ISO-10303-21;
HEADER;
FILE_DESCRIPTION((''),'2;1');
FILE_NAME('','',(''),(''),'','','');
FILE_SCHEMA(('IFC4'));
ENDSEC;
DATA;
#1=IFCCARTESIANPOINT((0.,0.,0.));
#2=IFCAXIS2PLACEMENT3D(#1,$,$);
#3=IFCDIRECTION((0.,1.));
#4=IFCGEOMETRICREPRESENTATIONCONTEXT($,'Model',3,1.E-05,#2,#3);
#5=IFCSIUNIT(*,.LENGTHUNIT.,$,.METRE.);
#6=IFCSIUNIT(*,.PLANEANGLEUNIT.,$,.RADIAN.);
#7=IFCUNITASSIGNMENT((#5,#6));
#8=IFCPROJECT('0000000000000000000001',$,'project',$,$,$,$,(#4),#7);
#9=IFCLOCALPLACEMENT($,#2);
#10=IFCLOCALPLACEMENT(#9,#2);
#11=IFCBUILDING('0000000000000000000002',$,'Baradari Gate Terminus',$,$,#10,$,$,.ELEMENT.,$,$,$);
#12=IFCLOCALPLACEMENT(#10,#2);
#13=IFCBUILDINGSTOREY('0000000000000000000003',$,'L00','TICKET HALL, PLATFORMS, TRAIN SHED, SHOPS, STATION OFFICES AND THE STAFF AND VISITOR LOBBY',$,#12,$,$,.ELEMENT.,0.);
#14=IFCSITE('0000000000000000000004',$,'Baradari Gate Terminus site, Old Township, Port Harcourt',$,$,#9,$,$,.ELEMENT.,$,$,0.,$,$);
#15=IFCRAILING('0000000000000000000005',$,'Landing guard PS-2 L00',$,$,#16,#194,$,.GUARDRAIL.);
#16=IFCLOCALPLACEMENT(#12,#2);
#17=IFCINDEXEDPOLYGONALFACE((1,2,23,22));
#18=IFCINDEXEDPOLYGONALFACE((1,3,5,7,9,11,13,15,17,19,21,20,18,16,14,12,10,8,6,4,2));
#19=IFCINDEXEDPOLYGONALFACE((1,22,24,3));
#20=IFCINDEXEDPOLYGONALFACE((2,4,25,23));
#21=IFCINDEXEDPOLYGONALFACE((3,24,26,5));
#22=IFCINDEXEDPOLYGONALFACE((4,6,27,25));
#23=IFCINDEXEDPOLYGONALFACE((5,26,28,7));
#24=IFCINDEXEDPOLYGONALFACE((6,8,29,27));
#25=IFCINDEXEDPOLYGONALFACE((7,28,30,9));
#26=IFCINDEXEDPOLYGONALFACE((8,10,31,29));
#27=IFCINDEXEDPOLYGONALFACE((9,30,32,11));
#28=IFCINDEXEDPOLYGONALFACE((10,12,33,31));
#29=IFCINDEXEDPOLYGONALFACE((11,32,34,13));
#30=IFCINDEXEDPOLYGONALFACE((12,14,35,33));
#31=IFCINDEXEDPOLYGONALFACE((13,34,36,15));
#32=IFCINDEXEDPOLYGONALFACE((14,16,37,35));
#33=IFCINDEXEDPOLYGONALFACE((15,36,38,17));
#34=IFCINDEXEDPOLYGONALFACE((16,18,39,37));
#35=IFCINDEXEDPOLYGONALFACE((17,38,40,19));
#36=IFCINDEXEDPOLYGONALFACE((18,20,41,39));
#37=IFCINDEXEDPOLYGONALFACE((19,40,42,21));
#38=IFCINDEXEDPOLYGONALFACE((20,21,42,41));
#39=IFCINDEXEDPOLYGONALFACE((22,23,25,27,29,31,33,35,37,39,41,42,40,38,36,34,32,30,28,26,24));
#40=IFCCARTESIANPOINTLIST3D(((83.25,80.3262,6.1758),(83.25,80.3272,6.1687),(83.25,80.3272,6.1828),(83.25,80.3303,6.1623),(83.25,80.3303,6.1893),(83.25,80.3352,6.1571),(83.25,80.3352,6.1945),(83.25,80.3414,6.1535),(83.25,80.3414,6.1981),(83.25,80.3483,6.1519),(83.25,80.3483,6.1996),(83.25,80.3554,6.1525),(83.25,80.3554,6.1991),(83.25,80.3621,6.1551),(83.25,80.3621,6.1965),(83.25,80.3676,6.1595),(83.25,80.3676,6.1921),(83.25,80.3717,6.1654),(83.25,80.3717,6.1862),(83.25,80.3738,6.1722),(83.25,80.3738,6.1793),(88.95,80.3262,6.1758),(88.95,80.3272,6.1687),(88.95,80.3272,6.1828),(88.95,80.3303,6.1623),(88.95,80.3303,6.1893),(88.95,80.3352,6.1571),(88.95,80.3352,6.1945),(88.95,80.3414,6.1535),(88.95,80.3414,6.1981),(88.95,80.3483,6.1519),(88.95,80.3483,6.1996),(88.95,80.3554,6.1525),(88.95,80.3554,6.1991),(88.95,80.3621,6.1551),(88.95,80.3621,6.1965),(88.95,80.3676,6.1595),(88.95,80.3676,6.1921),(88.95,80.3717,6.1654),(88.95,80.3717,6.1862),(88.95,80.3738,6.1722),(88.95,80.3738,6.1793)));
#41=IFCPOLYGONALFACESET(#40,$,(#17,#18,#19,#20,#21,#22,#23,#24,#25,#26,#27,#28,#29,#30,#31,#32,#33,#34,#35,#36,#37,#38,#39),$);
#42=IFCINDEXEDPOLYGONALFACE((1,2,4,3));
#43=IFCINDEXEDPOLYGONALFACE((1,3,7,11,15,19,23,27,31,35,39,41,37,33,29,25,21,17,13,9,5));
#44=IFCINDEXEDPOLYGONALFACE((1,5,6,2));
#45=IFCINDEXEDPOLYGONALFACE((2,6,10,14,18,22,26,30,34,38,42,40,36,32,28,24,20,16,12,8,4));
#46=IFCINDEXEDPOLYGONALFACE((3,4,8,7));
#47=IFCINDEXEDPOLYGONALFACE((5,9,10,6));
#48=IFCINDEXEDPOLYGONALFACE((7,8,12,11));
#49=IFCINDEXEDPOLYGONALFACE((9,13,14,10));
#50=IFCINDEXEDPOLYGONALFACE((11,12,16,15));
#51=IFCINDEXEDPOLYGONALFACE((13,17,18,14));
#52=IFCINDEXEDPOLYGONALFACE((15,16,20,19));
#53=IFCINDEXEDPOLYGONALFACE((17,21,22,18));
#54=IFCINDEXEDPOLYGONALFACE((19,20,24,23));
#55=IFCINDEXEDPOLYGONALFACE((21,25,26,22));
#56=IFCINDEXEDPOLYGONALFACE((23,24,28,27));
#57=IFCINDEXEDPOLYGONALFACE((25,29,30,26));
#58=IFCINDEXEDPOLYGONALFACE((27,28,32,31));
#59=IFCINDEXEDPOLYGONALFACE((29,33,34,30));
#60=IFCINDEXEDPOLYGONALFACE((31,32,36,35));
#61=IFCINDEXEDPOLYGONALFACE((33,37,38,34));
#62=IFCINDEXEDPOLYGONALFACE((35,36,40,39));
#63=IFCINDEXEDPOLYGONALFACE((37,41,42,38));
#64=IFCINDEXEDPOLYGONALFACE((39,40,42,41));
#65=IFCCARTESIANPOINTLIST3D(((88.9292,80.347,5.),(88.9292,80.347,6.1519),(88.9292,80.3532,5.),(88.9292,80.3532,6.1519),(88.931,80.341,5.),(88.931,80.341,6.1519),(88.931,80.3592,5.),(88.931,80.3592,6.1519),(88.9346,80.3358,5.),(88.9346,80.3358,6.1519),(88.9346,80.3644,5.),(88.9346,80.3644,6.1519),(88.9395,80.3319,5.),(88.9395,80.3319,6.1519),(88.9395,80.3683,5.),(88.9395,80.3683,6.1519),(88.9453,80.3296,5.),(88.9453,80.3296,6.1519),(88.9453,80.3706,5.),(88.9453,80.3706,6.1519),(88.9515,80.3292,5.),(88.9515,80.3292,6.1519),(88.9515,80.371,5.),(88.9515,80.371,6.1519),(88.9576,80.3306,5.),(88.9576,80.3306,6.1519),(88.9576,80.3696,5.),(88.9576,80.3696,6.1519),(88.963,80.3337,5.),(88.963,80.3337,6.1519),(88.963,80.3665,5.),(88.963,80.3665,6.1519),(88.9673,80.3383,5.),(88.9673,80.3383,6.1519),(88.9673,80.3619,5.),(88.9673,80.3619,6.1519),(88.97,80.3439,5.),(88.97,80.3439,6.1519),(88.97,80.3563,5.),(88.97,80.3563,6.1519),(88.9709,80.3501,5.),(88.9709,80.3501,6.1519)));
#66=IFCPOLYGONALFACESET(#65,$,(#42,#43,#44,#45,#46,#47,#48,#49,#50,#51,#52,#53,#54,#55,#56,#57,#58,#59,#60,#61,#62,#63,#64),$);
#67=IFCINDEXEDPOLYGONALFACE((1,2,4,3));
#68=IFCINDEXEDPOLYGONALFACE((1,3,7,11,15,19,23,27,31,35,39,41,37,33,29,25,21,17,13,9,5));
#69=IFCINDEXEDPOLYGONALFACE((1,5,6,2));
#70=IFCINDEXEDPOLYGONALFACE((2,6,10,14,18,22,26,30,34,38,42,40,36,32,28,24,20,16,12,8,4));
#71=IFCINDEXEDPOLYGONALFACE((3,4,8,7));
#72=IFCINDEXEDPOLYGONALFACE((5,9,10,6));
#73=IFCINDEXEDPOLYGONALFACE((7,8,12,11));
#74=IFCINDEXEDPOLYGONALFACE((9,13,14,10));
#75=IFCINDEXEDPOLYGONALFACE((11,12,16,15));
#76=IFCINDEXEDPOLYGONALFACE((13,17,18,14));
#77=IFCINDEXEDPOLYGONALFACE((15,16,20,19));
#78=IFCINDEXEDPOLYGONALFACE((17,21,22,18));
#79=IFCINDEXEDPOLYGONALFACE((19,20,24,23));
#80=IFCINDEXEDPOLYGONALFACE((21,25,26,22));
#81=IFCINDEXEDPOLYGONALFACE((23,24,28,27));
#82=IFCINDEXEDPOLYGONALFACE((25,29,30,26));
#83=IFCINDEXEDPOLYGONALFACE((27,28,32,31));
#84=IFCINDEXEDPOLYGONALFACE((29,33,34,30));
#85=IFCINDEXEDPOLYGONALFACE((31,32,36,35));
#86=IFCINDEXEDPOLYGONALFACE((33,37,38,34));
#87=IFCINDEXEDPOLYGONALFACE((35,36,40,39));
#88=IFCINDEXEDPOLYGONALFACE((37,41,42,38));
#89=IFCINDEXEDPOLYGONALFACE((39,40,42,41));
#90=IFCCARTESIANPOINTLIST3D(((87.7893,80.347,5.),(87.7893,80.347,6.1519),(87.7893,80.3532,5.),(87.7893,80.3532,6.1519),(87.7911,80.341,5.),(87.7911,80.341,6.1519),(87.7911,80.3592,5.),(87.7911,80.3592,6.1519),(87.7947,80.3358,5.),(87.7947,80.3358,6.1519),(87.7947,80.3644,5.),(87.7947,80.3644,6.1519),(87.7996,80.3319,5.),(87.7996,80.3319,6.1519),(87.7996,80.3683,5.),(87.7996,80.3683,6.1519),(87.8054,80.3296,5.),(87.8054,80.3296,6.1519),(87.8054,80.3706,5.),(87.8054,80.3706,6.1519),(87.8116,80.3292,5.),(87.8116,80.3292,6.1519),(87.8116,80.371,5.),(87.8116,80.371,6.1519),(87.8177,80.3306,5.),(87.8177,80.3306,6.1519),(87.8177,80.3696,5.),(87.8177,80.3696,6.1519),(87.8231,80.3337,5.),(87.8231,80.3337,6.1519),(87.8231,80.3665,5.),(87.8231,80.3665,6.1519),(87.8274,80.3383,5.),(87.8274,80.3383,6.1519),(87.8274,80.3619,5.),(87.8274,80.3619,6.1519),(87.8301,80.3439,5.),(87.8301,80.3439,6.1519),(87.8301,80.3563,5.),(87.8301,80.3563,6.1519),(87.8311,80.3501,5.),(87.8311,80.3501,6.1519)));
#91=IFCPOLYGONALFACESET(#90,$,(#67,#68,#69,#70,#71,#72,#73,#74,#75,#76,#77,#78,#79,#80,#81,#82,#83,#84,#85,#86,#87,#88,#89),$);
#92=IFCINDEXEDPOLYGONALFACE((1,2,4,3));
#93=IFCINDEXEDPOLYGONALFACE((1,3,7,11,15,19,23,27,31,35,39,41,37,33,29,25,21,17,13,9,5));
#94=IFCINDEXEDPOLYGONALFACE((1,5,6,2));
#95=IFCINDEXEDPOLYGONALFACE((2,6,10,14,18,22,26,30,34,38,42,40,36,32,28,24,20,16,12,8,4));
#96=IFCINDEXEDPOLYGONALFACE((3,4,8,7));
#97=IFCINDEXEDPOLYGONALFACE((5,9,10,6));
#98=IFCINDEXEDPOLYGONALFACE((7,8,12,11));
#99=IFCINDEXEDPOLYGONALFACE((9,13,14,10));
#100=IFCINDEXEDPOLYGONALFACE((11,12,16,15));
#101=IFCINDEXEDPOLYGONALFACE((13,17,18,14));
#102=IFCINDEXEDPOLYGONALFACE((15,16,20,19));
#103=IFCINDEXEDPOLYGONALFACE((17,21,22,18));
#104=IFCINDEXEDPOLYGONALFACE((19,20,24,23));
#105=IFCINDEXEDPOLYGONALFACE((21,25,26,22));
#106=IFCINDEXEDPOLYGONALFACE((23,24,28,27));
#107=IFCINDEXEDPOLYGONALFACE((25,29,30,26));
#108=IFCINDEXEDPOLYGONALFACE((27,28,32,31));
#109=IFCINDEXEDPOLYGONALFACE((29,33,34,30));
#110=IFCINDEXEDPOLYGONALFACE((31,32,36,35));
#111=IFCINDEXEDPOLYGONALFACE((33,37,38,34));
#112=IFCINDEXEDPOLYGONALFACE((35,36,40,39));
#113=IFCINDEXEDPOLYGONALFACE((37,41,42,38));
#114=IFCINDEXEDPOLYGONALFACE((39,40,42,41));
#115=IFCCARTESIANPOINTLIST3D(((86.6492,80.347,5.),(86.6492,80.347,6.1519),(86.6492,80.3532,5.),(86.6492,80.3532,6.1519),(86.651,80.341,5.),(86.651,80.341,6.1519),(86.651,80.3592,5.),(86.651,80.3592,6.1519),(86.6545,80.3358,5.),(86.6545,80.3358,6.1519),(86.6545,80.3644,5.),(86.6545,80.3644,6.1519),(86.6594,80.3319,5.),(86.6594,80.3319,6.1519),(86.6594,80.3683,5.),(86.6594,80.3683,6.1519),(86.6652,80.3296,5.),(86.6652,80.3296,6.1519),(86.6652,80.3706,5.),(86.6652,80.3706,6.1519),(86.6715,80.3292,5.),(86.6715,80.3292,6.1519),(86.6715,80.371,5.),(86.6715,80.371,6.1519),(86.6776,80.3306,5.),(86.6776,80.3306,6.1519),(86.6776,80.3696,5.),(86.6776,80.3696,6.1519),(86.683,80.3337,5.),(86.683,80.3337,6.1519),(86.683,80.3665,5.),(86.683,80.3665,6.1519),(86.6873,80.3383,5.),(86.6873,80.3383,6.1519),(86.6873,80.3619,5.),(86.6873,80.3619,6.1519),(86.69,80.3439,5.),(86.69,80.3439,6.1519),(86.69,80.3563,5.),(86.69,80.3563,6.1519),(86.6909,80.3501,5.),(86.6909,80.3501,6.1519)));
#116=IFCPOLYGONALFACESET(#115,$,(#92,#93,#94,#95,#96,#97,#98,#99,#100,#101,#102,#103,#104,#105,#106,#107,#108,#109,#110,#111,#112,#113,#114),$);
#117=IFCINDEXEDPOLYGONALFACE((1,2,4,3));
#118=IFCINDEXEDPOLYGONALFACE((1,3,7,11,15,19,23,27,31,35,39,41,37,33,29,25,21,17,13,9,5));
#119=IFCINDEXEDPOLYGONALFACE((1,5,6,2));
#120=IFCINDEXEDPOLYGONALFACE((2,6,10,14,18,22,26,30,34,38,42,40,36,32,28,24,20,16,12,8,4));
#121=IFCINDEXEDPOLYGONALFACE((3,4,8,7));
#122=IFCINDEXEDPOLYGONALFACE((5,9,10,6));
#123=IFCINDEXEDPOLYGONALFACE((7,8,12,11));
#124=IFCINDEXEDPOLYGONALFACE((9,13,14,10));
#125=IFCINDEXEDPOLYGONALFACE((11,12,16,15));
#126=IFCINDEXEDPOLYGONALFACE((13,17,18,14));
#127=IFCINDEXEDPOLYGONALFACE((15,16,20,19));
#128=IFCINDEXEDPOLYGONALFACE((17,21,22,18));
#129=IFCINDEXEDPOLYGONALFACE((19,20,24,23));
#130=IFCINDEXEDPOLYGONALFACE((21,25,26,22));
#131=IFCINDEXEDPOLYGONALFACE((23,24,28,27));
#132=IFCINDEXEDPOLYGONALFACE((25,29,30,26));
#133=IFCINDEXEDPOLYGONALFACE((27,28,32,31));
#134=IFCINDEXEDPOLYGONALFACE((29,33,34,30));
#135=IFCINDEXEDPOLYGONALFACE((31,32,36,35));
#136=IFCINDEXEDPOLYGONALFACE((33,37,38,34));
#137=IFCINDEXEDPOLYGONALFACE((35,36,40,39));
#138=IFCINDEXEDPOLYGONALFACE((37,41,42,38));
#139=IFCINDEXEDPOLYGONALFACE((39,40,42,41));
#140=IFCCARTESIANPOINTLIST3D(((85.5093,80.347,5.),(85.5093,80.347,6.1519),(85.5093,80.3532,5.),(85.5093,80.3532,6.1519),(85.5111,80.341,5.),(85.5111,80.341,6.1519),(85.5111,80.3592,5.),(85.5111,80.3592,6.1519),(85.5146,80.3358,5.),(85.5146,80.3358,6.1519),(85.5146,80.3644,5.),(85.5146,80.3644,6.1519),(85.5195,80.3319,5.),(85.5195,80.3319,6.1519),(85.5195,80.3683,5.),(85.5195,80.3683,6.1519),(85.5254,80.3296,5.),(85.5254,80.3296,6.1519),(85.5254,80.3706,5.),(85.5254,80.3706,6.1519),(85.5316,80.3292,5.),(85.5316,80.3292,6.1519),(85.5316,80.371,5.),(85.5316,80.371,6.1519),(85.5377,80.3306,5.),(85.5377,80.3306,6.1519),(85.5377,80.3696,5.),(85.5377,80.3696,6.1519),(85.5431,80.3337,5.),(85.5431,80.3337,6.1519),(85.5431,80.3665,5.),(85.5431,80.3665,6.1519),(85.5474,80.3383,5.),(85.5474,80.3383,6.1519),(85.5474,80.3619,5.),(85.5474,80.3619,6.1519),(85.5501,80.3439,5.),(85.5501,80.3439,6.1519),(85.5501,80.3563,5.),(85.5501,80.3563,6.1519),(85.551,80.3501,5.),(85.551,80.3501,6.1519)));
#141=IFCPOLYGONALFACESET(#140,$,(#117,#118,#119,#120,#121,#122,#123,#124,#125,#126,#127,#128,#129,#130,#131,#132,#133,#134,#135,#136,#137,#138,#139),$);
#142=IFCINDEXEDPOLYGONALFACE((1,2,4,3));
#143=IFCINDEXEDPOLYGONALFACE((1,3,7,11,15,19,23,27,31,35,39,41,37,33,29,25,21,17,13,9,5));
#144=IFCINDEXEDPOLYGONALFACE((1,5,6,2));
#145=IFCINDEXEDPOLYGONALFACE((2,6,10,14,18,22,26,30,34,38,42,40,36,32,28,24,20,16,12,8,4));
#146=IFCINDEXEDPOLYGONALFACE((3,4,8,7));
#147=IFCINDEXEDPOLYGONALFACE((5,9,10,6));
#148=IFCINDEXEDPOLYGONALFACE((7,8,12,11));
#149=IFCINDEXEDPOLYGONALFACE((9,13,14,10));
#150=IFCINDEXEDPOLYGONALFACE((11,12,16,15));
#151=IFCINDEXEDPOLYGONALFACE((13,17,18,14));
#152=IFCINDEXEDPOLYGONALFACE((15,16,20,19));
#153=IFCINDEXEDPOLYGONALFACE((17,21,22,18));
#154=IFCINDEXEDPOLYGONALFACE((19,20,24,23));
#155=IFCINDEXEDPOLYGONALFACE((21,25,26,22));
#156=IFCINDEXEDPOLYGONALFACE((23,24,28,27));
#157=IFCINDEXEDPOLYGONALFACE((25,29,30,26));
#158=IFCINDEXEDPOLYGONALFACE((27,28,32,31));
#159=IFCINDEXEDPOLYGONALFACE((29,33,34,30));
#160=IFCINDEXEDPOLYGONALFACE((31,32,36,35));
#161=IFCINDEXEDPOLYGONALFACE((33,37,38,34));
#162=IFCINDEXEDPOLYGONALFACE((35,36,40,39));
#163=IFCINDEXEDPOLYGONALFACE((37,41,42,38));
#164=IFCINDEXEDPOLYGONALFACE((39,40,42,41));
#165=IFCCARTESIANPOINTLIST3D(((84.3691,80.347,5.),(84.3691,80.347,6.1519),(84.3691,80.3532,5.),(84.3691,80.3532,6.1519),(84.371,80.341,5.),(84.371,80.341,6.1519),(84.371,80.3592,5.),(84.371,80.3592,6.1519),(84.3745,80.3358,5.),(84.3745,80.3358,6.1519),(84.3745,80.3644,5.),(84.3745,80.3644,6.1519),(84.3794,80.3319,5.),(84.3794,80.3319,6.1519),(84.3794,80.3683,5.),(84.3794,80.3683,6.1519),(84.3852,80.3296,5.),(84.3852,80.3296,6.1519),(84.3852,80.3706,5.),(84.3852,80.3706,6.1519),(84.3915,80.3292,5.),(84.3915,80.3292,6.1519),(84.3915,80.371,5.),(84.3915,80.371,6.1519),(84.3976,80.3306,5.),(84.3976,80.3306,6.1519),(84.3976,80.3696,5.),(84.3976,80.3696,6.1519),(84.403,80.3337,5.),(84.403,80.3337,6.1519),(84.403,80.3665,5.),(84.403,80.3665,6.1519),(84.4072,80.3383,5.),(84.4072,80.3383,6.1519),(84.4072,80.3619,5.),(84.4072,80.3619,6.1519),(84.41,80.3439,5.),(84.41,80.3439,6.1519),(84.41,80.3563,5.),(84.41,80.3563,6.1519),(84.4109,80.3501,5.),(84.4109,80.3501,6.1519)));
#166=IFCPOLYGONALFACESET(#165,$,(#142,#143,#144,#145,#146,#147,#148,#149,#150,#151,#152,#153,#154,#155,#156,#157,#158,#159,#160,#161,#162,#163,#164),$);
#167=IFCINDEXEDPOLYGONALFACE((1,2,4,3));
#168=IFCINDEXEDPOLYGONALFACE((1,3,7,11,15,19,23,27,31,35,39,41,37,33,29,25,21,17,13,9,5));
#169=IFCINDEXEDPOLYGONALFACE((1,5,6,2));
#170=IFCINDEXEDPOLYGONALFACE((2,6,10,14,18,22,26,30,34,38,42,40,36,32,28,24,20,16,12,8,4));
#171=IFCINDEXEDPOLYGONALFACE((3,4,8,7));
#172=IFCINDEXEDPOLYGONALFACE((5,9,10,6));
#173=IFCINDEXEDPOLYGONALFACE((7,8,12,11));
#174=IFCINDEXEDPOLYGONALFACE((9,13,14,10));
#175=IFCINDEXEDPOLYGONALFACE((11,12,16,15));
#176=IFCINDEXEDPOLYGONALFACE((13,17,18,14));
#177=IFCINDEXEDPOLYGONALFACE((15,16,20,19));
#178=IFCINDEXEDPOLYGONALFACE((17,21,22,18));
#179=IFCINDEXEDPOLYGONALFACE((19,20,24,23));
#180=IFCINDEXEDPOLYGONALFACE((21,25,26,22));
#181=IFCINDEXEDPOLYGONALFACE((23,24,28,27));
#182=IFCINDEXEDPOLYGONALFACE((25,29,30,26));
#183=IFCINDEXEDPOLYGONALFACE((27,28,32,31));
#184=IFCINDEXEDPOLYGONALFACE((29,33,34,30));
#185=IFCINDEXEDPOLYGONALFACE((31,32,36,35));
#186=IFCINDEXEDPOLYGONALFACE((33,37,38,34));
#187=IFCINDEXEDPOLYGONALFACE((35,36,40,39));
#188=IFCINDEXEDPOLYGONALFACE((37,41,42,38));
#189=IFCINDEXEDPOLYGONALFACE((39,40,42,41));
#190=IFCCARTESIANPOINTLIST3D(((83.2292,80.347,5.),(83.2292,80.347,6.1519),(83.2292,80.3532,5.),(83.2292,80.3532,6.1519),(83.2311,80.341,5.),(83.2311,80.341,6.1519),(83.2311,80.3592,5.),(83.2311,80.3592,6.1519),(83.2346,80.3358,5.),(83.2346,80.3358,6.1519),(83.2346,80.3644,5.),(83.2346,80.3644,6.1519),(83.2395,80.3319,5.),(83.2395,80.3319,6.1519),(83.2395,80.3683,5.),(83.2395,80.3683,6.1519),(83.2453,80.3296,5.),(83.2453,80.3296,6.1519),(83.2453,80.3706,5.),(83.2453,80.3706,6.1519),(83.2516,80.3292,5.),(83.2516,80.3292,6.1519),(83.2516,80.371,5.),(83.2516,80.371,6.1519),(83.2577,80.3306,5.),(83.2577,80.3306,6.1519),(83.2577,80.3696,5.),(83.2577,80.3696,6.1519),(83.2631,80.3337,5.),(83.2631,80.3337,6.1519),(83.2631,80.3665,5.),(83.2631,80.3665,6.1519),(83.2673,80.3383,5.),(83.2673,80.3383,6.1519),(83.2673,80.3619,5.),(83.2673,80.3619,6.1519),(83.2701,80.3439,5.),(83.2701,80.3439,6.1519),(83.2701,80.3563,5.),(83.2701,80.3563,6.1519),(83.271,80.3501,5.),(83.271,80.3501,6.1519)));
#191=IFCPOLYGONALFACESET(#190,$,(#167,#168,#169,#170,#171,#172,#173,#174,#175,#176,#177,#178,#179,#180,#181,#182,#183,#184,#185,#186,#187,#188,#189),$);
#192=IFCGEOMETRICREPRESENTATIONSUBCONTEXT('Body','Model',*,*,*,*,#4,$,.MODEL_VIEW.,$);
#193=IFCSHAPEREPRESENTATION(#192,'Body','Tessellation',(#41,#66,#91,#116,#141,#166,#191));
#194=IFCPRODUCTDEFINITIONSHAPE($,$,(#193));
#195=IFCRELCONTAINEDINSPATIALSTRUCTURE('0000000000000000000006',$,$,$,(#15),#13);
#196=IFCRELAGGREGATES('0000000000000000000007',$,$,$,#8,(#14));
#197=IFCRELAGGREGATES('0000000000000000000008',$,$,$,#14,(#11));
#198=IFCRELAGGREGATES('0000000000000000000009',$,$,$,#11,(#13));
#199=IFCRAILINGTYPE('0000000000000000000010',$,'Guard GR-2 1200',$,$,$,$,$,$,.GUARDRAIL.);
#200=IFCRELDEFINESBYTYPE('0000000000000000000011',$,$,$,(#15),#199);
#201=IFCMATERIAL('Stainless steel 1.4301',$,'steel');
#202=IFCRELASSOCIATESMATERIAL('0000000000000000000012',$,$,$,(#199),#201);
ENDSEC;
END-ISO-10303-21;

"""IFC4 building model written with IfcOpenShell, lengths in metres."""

from ifc_helpers import new_model, si_unit, direction, frame, origin, origin_2d, place, context, subcontext, project, spatial, circle, extrude, material, type_object, element, save


model = new_model("IFC4")

# Units and contexts
model_context = context("Model", 3, precision=1e-05, world=origin(), true_north=direction((0.0, 1.0)))
body_context = subcontext(model_context, "Body", "Model", "MODEL_VIEW")
ifc_project = project(units=[si_unit("LENGTHUNIT", "METRE"), si_unit("PLANEANGLEUNIT", "RADIAN")], contexts=[model_context])

# Site, building, storey
site_placement = place(None, origin())
site = spatial("IfcSite", under=ifc_project, at=site_placement, Name="Baradari Gate Terminus site, Old Township, Port Harcourt", CompositionType="ELEMENT", RefElevation=0.0)
building_placement = place(site_placement, origin())
building = spatial("IfcBuilding", under=site, at=building_placement, Name="Baradari Gate Terminus", CompositionType="ELEMENT")
storey_placement = place(building_placement, origin())
storey = spatial("IfcBuildingStorey", under=building, at=storey_placement, Name="L00", Description="TICKET HALL, PLATFORMS, TRAIN SHED, SHOPS, STATION OFFICES AND THE STAFF AND VISITOR LOBBY", CompositionType="ELEMENT", Elevation=0.0)

# Railing
ifc_material_1 = material(Name="Stainless steel 1.4301", Category="steel")
railing_type_1 = type_object("IfcRailingType", Name="Guard GR-2 1200", PredefinedType="GUARDRAIL", material=ifc_material_1)
railing_1_placement = place(storey_placement, frame((88.95, 80.3501, 5.0)))
element("IfcRailing", 1, at=railing_1_placement, inside=storey, type_object=railing_type_1, Name="Landing guard PS-2 L00", PredefinedType="GUARDRAIL", context=body_context, shape_type="SweptSolid", body=[
    extrude(circle(Radius=0.0239, at=origin_2d()), frame((0.0, 0.0, 1.1758), z_axis=(-1.0, 0.0, 0.0), x_axis=(0.0, -1.0, 0.0)), (0.0, 0.0, 1.0), 5.7),
    extrude(circle(Radius=0.021, at=origin_2d()), origin(), (0.0, 0.0, 1.0), 1.1519),
    extrude(circle(Radius=0.021, at=origin_2d()), frame((-1.1399, 0.0, 0.0)), (0.0, 0.0, 1.0), 1.1519),
    extrude(circle(Radius=0.021, at=origin_2d()), frame((-2.28, 0.0, 0.0)), (0.0, 0.0, 1.0), 1.1519),
    extrude(circle(Radius=0.021, at=origin_2d()), frame((-3.4199, 0.0, 0.0)), (0.0, 0.0, 1.0), 1.1519),
    extrude(circle(Radius=0.021, at=origin_2d()), frame((-4.5601, 0.0, 0.0)), (0.0, 0.0, 1.0), 1.1519),
    extrude(circle(Radius=0.021, at=origin_2d()), frame((-5.7, 0.0, 0.0)), (0.0, 0.0, 1.0), 1.1519),
])

save(model, "model.ifc")
